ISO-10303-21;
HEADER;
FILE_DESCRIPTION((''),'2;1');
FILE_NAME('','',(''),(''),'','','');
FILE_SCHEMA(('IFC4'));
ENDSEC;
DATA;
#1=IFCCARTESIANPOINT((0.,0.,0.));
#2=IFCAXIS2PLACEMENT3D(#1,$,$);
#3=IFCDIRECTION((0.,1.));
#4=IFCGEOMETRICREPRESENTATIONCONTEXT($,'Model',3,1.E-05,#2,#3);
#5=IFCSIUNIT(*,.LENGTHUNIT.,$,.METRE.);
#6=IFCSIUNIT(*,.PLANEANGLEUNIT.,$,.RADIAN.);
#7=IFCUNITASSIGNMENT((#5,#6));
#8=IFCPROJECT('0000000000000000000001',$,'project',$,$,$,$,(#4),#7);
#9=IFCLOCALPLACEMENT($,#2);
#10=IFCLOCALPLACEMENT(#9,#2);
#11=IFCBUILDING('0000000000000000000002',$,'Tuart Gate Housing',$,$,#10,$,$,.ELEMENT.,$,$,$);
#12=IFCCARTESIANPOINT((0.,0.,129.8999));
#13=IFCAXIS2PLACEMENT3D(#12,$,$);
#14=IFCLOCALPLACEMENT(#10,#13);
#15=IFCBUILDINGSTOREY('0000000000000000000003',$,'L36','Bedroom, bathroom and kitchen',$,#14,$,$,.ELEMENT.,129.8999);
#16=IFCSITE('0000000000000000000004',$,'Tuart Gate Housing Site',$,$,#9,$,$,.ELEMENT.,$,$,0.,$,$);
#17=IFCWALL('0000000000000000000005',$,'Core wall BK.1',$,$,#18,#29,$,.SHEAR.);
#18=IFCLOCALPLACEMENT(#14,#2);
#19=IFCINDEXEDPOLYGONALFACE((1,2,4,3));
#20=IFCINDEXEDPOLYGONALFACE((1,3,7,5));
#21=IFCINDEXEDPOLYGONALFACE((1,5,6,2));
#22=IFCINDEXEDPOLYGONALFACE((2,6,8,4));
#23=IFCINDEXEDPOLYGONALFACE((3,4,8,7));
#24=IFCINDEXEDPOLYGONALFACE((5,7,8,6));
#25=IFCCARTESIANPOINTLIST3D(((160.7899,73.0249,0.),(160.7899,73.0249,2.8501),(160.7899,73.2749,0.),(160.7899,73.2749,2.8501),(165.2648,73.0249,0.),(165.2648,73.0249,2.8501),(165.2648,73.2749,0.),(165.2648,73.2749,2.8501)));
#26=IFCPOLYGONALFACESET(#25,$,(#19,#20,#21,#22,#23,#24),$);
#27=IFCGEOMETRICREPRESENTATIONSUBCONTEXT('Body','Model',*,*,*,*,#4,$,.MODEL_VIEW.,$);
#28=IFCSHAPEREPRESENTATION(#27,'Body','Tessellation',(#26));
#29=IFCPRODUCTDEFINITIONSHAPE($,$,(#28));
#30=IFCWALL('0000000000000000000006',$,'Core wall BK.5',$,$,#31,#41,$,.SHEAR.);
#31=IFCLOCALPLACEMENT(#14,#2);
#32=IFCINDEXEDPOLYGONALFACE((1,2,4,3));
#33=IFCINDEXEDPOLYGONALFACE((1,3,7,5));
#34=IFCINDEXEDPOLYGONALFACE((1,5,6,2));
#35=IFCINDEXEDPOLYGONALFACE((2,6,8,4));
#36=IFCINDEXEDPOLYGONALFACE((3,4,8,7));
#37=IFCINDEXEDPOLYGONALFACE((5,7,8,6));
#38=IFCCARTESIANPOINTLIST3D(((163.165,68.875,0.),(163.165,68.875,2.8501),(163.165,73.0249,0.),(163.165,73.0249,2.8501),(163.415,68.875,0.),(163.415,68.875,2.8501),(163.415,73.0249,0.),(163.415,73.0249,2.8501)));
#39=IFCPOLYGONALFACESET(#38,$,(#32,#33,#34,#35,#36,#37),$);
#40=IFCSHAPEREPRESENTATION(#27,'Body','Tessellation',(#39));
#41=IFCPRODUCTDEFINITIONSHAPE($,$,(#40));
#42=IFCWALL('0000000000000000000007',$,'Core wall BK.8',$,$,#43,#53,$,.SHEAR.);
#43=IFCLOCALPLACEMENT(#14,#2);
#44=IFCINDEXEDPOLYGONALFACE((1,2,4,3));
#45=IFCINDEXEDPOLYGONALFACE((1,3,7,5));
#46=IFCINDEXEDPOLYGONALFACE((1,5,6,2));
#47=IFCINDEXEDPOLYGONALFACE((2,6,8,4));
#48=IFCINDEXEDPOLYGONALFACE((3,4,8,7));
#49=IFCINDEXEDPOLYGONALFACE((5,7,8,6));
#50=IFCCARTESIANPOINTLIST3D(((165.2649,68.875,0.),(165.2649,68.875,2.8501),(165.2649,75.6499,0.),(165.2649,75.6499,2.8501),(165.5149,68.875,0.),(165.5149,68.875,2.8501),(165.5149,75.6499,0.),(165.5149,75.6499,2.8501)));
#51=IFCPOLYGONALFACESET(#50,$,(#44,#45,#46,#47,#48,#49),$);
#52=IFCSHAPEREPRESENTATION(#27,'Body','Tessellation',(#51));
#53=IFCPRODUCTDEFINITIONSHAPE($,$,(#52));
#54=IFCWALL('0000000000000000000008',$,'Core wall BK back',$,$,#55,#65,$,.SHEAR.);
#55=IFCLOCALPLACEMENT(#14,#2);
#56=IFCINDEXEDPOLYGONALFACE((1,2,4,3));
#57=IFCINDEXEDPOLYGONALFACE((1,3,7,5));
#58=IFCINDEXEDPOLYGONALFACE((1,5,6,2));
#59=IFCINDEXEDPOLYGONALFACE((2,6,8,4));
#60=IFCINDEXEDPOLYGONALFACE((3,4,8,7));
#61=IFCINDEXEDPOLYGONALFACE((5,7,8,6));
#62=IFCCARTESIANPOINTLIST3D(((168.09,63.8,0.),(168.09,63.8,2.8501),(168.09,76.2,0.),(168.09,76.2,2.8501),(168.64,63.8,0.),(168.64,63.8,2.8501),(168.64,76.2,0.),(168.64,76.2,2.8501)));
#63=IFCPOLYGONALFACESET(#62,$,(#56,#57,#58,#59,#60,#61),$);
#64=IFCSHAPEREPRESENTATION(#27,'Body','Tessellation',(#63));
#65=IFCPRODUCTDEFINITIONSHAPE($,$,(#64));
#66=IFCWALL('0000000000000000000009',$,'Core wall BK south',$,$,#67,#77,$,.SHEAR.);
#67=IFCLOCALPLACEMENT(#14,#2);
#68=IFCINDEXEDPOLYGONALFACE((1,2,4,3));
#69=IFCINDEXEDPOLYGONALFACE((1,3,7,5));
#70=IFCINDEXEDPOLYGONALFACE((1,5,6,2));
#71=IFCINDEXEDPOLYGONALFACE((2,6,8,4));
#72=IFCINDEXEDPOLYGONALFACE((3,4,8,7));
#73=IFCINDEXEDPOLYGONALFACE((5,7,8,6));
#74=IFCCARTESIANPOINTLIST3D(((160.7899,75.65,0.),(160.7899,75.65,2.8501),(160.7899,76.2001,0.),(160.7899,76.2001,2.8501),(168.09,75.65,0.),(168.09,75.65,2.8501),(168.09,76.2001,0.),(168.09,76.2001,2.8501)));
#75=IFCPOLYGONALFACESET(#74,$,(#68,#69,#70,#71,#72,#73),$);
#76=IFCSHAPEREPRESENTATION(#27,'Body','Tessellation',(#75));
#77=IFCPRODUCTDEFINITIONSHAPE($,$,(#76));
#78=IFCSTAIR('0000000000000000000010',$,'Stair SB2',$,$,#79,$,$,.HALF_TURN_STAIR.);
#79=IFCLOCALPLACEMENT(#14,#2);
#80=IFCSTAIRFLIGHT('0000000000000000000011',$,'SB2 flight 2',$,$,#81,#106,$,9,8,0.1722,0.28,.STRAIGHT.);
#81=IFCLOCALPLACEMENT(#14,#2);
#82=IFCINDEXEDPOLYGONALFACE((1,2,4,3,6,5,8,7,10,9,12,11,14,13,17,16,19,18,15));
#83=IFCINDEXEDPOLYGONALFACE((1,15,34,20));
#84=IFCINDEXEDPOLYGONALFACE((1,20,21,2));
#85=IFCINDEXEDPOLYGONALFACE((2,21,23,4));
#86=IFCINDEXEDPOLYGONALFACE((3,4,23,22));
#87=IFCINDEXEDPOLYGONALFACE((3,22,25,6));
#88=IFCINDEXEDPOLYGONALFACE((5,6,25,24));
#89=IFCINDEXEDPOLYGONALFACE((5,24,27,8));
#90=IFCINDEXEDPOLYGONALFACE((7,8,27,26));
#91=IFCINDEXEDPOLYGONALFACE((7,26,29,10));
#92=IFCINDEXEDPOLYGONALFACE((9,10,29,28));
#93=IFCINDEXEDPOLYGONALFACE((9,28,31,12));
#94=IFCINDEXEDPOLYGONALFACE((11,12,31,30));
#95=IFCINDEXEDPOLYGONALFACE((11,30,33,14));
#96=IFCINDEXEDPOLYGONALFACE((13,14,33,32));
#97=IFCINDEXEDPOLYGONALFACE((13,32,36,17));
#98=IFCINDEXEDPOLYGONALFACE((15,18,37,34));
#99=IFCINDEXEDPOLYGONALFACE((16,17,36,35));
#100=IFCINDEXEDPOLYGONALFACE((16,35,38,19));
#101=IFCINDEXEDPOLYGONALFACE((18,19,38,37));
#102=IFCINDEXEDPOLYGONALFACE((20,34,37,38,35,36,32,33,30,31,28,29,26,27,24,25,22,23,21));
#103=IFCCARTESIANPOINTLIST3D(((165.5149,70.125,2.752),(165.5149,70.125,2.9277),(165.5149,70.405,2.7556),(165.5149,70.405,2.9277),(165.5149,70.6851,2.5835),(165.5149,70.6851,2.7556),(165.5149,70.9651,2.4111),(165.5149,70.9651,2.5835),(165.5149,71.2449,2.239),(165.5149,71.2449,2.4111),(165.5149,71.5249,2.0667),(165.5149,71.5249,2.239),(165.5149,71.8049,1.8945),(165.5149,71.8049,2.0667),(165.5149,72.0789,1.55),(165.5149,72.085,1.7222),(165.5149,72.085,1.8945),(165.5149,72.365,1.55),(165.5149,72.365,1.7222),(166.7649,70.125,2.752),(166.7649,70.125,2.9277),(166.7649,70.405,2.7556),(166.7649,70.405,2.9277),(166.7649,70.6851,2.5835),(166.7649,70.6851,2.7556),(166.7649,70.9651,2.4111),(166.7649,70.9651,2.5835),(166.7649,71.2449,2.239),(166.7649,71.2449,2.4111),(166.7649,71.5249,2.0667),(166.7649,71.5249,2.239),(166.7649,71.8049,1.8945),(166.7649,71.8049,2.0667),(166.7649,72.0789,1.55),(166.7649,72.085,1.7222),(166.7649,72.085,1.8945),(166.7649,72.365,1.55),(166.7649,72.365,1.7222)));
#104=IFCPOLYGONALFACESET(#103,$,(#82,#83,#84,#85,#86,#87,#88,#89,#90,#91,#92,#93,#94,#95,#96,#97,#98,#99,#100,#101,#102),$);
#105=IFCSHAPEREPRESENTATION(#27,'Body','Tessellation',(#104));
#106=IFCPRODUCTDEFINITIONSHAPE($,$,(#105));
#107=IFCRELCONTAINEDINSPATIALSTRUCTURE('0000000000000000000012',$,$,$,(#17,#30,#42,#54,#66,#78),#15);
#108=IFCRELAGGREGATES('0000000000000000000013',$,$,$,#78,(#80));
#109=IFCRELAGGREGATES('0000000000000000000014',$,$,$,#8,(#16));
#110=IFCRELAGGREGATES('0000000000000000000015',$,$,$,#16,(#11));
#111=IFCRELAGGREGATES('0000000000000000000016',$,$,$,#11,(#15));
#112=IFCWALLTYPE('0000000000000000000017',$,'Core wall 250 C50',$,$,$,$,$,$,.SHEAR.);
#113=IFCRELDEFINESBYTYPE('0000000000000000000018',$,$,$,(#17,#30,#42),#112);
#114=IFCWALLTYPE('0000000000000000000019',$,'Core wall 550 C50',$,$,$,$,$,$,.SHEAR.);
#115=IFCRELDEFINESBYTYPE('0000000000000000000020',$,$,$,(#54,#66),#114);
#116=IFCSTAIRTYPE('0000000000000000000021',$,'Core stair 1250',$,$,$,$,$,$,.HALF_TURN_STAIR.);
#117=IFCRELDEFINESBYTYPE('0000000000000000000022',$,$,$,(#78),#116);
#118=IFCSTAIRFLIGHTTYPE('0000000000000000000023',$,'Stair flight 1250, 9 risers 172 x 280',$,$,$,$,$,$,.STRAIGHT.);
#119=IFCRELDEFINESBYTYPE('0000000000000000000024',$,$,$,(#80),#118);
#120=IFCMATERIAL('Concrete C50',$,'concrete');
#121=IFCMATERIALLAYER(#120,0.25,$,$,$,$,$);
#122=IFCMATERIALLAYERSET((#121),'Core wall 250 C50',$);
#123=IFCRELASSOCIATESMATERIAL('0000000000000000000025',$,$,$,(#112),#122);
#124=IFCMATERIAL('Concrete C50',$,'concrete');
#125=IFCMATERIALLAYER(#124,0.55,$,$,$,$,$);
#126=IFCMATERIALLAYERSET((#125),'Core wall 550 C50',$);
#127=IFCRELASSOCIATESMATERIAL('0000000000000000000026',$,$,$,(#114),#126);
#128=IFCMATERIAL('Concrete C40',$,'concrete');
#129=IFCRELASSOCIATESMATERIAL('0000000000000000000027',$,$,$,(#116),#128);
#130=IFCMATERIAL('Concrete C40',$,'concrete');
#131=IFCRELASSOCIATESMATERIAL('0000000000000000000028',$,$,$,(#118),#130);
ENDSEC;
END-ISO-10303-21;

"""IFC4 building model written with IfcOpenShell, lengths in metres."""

from ifc_helpers import new_model, si_unit, direction, frame, frame_2d, origin, place, context, subcontext, project, spatial, polyline, rectangle, outline, extrude, material, layer, layer_set, type_object, element, aggregate, save


model = new_model("IFC4")

# Units and contexts
model_context = context("Model", 3, precision=1e-05, world=origin(), true_north=direction((0.0, 1.0)))
body_context = subcontext(model_context, "Body", "Model", "MODEL_VIEW")
ifc_project = project(units=[si_unit("LENGTHUNIT", "METRE"), si_unit("PLANEANGLEUNIT", "RADIAN")], contexts=[model_context])

# Site, building, storey
site_placement = place(None, origin())
site = spatial("IfcSite", under=ifc_project, at=site_placement, Name="Tuart Gate Housing Site", CompositionType="ELEMENT", RefElevation=0.0)
building_placement = place(site_placement, origin())
building = spatial("IfcBuilding", under=site, at=building_placement, Name="Tuart Gate Housing", CompositionType="ELEMENT")
storey_placement = place(building_placement, frame((0.0, 0.0, 129.8999)))
storey = spatial("IfcBuildingStorey", under=building, at=storey_placement, Name="L36", Description="Bedroom, bathroom and kitchen", CompositionType="ELEMENT", Elevation=129.8999)

# Walls
ifc_material_1 = material(Name="Concrete C50", Category="concrete")
ifc_layer_1 = layer(ifc_material_1, 0.25)
ifc_layer_set_1 = layer_set([ifc_layer_1], Name="Core wall 250 C50")
wall_type_1 = type_object("IfcWallType", Name="Core wall 250 C50", PredefinedType="SHEAR", material=ifc_layer_set_1)
wall_1_placement = place(storey_placement, frame((160.79, 73.1499, 0.0), z_axis=(0.0, 0.0, 1.0), x_axis=(1.0, 0.0, 0.0)))
element("IfcWall", 1, at=wall_1_placement, inside=storey, type_object=wall_type_1, Name="Core wall BK.1", PredefinedType="SHEAR", context=body_context, shape_type="SweptSolid", body=[
    extrude(rectangle(XDim=4.4749, YDim=0.25, at=frame_2d((2.2373, 0.0))), origin(), (0.0, 0.0, 1.0), 2.8501),
])
wall_2_placement = place(storey_placement, frame((163.29, 73.0249, 0.0), z_axis=(0.0, 0.0, 1.0), x_axis=(0.0, -1.0, 0.0)))
element("IfcWall", 2, at=wall_2_placement, inside=storey, type_object=wall_type_1, Name="Core wall BK.5", PredefinedType="SHEAR", context=body_context, shape_type="SweptSolid", body=[
    extrude(rectangle(XDim=4.1499, YDim=0.25, at=frame_2d((2.075, 0.0))), origin(), (0.0, 0.0, 1.0), 2.8501),
])
wall_3_placement = place(storey_placement, frame((165.3899, 75.6499, 0.0), z_axis=(0.0, 0.0, 1.0), x_axis=(0.0, -1.0, 0.0)))
element("IfcWall", 3, at=wall_3_placement, inside=storey, type_object=wall_type_1, Name="Core wall BK.8", PredefinedType="SHEAR", context=body_context, shape_type="SweptSolid", body=[
    extrude(rectangle(XDim=6.7749, YDim=0.25, at=frame_2d((3.3875, 0.0))), origin(), (0.0, 0.0, 1.0), 2.8501),
])
ifc_material_2 = material(Name="Concrete C50", Category="concrete")
ifc_layer_2 = layer(ifc_material_2, 0.55)
ifc_layer_set_2 = layer_set([ifc_layer_2], Name="Core wall 550 C50")
wall_type_2 = type_object("IfcWallType", Name="Core wall 550 C50", PredefinedType="SHEAR", material=ifc_layer_set_2)
wall_4_placement = place(storey_placement, frame((168.365, 76.2, 0.0), z_axis=(0.0, 0.0, 1.0), x_axis=(0.0, -1.0, 0.0)))
element("IfcWall", 4, at=wall_4_placement, inside=storey, type_object=wall_type_2, Name="Core wall BK back", PredefinedType="SHEAR", context=body_context, shape_type="SweptSolid", body=[
    extrude(rectangle(XDim=12.3999, YDim=0.55, at=frame_2d((6.2, 0.0))), origin(), (0.0, 0.0, 1.0), 2.8501),
])
wall_5_placement = place(storey_placement, frame((160.79, 75.925, 0.0), z_axis=(0.0, 0.0, 1.0), x_axis=(1.0, 0.0, 0.0)))
element("IfcWall", 5, at=wall_5_placement, inside=storey, type_object=wall_type_2, Name="Core wall BK south", PredefinedType="SHEAR", context=body_context, shape_type="SweptSolid", body=[
    extrude(rectangle(XDim=7.3, YDim=0.55, at=frame_2d((3.6499, 0.0))), origin(), (0.0, 0.0, 1.0), 2.8501),
])

# Stair, stair flight
ifc_material_3 = material(Name="Concrete C40", Category="concrete")
stair_type = type_object("IfcStairType", Name="Core stair 1250", PredefinedType="HALF_TURN_STAIR", material=ifc_material_3)
stair_placement = place(storey_placement, origin())
stair = element("IfcStair", 6, at=stair_placement, inside=storey, type_object=stair_type, Name="Stair SB2", PredefinedType="HALF_TURN_STAIR")
ifc_material_4 = material(Name="Concrete C40", Category="concrete")
stair_flight_type = type_object("IfcStairFlightType", Name="Stair flight 1250, 9 risers 172 x 280", PredefinedType="STRAIGHT", material=ifc_material_4)
stair_flight_placement = place(storey_placement, frame((166.1399, 72.365, 1.55), z_axis=(0.0, 0.0, 1.0), x_axis=(0.0, -1.0, 0.0)))
stair_flight = element("IfcStairFlight", 7, at=stair_flight_placement, type_object=stair_flight_type, Name="SB2 flight 2", NumberOfRisers=9, NumberOfTreads=8, PredefinedType="STRAIGHT", RiserHeight=0.1722, TreadLength=0.28, context=body_context, shape_type="SweptSolid", body=[
    extrude(outline(polyline([(0.0, 0.0), (0.0, 0.1721), (0.28, 0.1721), (0.28, 0.3445), (0.5601, 0.3445), (0.5601, 0.5166), (0.8401, 0.5166), (0.8401, 0.689), (1.1201, 0.689), (1.1201, 0.8611), (1.3999, 0.8611), (1.3999, 1.0334), (1.6799, 1.0334), (1.6799, 1.2056), (1.96, 1.2056), (1.96, 1.3777), (2.24, 1.3777), (2.24, 1.55), (2.24, 1.2019), (0.2861, 0.0), (0.0, 0.0)])), frame((0.0, 0.625, 0.0), z_axis=(0.0, -1.0, 0.0), x_axis=(1.0, 0.0, 0.0)), (0.0, 0.0, 1.0), 1.25),
])
aggregate(stair, [stair_flight])

save(model, "model.ifc")
